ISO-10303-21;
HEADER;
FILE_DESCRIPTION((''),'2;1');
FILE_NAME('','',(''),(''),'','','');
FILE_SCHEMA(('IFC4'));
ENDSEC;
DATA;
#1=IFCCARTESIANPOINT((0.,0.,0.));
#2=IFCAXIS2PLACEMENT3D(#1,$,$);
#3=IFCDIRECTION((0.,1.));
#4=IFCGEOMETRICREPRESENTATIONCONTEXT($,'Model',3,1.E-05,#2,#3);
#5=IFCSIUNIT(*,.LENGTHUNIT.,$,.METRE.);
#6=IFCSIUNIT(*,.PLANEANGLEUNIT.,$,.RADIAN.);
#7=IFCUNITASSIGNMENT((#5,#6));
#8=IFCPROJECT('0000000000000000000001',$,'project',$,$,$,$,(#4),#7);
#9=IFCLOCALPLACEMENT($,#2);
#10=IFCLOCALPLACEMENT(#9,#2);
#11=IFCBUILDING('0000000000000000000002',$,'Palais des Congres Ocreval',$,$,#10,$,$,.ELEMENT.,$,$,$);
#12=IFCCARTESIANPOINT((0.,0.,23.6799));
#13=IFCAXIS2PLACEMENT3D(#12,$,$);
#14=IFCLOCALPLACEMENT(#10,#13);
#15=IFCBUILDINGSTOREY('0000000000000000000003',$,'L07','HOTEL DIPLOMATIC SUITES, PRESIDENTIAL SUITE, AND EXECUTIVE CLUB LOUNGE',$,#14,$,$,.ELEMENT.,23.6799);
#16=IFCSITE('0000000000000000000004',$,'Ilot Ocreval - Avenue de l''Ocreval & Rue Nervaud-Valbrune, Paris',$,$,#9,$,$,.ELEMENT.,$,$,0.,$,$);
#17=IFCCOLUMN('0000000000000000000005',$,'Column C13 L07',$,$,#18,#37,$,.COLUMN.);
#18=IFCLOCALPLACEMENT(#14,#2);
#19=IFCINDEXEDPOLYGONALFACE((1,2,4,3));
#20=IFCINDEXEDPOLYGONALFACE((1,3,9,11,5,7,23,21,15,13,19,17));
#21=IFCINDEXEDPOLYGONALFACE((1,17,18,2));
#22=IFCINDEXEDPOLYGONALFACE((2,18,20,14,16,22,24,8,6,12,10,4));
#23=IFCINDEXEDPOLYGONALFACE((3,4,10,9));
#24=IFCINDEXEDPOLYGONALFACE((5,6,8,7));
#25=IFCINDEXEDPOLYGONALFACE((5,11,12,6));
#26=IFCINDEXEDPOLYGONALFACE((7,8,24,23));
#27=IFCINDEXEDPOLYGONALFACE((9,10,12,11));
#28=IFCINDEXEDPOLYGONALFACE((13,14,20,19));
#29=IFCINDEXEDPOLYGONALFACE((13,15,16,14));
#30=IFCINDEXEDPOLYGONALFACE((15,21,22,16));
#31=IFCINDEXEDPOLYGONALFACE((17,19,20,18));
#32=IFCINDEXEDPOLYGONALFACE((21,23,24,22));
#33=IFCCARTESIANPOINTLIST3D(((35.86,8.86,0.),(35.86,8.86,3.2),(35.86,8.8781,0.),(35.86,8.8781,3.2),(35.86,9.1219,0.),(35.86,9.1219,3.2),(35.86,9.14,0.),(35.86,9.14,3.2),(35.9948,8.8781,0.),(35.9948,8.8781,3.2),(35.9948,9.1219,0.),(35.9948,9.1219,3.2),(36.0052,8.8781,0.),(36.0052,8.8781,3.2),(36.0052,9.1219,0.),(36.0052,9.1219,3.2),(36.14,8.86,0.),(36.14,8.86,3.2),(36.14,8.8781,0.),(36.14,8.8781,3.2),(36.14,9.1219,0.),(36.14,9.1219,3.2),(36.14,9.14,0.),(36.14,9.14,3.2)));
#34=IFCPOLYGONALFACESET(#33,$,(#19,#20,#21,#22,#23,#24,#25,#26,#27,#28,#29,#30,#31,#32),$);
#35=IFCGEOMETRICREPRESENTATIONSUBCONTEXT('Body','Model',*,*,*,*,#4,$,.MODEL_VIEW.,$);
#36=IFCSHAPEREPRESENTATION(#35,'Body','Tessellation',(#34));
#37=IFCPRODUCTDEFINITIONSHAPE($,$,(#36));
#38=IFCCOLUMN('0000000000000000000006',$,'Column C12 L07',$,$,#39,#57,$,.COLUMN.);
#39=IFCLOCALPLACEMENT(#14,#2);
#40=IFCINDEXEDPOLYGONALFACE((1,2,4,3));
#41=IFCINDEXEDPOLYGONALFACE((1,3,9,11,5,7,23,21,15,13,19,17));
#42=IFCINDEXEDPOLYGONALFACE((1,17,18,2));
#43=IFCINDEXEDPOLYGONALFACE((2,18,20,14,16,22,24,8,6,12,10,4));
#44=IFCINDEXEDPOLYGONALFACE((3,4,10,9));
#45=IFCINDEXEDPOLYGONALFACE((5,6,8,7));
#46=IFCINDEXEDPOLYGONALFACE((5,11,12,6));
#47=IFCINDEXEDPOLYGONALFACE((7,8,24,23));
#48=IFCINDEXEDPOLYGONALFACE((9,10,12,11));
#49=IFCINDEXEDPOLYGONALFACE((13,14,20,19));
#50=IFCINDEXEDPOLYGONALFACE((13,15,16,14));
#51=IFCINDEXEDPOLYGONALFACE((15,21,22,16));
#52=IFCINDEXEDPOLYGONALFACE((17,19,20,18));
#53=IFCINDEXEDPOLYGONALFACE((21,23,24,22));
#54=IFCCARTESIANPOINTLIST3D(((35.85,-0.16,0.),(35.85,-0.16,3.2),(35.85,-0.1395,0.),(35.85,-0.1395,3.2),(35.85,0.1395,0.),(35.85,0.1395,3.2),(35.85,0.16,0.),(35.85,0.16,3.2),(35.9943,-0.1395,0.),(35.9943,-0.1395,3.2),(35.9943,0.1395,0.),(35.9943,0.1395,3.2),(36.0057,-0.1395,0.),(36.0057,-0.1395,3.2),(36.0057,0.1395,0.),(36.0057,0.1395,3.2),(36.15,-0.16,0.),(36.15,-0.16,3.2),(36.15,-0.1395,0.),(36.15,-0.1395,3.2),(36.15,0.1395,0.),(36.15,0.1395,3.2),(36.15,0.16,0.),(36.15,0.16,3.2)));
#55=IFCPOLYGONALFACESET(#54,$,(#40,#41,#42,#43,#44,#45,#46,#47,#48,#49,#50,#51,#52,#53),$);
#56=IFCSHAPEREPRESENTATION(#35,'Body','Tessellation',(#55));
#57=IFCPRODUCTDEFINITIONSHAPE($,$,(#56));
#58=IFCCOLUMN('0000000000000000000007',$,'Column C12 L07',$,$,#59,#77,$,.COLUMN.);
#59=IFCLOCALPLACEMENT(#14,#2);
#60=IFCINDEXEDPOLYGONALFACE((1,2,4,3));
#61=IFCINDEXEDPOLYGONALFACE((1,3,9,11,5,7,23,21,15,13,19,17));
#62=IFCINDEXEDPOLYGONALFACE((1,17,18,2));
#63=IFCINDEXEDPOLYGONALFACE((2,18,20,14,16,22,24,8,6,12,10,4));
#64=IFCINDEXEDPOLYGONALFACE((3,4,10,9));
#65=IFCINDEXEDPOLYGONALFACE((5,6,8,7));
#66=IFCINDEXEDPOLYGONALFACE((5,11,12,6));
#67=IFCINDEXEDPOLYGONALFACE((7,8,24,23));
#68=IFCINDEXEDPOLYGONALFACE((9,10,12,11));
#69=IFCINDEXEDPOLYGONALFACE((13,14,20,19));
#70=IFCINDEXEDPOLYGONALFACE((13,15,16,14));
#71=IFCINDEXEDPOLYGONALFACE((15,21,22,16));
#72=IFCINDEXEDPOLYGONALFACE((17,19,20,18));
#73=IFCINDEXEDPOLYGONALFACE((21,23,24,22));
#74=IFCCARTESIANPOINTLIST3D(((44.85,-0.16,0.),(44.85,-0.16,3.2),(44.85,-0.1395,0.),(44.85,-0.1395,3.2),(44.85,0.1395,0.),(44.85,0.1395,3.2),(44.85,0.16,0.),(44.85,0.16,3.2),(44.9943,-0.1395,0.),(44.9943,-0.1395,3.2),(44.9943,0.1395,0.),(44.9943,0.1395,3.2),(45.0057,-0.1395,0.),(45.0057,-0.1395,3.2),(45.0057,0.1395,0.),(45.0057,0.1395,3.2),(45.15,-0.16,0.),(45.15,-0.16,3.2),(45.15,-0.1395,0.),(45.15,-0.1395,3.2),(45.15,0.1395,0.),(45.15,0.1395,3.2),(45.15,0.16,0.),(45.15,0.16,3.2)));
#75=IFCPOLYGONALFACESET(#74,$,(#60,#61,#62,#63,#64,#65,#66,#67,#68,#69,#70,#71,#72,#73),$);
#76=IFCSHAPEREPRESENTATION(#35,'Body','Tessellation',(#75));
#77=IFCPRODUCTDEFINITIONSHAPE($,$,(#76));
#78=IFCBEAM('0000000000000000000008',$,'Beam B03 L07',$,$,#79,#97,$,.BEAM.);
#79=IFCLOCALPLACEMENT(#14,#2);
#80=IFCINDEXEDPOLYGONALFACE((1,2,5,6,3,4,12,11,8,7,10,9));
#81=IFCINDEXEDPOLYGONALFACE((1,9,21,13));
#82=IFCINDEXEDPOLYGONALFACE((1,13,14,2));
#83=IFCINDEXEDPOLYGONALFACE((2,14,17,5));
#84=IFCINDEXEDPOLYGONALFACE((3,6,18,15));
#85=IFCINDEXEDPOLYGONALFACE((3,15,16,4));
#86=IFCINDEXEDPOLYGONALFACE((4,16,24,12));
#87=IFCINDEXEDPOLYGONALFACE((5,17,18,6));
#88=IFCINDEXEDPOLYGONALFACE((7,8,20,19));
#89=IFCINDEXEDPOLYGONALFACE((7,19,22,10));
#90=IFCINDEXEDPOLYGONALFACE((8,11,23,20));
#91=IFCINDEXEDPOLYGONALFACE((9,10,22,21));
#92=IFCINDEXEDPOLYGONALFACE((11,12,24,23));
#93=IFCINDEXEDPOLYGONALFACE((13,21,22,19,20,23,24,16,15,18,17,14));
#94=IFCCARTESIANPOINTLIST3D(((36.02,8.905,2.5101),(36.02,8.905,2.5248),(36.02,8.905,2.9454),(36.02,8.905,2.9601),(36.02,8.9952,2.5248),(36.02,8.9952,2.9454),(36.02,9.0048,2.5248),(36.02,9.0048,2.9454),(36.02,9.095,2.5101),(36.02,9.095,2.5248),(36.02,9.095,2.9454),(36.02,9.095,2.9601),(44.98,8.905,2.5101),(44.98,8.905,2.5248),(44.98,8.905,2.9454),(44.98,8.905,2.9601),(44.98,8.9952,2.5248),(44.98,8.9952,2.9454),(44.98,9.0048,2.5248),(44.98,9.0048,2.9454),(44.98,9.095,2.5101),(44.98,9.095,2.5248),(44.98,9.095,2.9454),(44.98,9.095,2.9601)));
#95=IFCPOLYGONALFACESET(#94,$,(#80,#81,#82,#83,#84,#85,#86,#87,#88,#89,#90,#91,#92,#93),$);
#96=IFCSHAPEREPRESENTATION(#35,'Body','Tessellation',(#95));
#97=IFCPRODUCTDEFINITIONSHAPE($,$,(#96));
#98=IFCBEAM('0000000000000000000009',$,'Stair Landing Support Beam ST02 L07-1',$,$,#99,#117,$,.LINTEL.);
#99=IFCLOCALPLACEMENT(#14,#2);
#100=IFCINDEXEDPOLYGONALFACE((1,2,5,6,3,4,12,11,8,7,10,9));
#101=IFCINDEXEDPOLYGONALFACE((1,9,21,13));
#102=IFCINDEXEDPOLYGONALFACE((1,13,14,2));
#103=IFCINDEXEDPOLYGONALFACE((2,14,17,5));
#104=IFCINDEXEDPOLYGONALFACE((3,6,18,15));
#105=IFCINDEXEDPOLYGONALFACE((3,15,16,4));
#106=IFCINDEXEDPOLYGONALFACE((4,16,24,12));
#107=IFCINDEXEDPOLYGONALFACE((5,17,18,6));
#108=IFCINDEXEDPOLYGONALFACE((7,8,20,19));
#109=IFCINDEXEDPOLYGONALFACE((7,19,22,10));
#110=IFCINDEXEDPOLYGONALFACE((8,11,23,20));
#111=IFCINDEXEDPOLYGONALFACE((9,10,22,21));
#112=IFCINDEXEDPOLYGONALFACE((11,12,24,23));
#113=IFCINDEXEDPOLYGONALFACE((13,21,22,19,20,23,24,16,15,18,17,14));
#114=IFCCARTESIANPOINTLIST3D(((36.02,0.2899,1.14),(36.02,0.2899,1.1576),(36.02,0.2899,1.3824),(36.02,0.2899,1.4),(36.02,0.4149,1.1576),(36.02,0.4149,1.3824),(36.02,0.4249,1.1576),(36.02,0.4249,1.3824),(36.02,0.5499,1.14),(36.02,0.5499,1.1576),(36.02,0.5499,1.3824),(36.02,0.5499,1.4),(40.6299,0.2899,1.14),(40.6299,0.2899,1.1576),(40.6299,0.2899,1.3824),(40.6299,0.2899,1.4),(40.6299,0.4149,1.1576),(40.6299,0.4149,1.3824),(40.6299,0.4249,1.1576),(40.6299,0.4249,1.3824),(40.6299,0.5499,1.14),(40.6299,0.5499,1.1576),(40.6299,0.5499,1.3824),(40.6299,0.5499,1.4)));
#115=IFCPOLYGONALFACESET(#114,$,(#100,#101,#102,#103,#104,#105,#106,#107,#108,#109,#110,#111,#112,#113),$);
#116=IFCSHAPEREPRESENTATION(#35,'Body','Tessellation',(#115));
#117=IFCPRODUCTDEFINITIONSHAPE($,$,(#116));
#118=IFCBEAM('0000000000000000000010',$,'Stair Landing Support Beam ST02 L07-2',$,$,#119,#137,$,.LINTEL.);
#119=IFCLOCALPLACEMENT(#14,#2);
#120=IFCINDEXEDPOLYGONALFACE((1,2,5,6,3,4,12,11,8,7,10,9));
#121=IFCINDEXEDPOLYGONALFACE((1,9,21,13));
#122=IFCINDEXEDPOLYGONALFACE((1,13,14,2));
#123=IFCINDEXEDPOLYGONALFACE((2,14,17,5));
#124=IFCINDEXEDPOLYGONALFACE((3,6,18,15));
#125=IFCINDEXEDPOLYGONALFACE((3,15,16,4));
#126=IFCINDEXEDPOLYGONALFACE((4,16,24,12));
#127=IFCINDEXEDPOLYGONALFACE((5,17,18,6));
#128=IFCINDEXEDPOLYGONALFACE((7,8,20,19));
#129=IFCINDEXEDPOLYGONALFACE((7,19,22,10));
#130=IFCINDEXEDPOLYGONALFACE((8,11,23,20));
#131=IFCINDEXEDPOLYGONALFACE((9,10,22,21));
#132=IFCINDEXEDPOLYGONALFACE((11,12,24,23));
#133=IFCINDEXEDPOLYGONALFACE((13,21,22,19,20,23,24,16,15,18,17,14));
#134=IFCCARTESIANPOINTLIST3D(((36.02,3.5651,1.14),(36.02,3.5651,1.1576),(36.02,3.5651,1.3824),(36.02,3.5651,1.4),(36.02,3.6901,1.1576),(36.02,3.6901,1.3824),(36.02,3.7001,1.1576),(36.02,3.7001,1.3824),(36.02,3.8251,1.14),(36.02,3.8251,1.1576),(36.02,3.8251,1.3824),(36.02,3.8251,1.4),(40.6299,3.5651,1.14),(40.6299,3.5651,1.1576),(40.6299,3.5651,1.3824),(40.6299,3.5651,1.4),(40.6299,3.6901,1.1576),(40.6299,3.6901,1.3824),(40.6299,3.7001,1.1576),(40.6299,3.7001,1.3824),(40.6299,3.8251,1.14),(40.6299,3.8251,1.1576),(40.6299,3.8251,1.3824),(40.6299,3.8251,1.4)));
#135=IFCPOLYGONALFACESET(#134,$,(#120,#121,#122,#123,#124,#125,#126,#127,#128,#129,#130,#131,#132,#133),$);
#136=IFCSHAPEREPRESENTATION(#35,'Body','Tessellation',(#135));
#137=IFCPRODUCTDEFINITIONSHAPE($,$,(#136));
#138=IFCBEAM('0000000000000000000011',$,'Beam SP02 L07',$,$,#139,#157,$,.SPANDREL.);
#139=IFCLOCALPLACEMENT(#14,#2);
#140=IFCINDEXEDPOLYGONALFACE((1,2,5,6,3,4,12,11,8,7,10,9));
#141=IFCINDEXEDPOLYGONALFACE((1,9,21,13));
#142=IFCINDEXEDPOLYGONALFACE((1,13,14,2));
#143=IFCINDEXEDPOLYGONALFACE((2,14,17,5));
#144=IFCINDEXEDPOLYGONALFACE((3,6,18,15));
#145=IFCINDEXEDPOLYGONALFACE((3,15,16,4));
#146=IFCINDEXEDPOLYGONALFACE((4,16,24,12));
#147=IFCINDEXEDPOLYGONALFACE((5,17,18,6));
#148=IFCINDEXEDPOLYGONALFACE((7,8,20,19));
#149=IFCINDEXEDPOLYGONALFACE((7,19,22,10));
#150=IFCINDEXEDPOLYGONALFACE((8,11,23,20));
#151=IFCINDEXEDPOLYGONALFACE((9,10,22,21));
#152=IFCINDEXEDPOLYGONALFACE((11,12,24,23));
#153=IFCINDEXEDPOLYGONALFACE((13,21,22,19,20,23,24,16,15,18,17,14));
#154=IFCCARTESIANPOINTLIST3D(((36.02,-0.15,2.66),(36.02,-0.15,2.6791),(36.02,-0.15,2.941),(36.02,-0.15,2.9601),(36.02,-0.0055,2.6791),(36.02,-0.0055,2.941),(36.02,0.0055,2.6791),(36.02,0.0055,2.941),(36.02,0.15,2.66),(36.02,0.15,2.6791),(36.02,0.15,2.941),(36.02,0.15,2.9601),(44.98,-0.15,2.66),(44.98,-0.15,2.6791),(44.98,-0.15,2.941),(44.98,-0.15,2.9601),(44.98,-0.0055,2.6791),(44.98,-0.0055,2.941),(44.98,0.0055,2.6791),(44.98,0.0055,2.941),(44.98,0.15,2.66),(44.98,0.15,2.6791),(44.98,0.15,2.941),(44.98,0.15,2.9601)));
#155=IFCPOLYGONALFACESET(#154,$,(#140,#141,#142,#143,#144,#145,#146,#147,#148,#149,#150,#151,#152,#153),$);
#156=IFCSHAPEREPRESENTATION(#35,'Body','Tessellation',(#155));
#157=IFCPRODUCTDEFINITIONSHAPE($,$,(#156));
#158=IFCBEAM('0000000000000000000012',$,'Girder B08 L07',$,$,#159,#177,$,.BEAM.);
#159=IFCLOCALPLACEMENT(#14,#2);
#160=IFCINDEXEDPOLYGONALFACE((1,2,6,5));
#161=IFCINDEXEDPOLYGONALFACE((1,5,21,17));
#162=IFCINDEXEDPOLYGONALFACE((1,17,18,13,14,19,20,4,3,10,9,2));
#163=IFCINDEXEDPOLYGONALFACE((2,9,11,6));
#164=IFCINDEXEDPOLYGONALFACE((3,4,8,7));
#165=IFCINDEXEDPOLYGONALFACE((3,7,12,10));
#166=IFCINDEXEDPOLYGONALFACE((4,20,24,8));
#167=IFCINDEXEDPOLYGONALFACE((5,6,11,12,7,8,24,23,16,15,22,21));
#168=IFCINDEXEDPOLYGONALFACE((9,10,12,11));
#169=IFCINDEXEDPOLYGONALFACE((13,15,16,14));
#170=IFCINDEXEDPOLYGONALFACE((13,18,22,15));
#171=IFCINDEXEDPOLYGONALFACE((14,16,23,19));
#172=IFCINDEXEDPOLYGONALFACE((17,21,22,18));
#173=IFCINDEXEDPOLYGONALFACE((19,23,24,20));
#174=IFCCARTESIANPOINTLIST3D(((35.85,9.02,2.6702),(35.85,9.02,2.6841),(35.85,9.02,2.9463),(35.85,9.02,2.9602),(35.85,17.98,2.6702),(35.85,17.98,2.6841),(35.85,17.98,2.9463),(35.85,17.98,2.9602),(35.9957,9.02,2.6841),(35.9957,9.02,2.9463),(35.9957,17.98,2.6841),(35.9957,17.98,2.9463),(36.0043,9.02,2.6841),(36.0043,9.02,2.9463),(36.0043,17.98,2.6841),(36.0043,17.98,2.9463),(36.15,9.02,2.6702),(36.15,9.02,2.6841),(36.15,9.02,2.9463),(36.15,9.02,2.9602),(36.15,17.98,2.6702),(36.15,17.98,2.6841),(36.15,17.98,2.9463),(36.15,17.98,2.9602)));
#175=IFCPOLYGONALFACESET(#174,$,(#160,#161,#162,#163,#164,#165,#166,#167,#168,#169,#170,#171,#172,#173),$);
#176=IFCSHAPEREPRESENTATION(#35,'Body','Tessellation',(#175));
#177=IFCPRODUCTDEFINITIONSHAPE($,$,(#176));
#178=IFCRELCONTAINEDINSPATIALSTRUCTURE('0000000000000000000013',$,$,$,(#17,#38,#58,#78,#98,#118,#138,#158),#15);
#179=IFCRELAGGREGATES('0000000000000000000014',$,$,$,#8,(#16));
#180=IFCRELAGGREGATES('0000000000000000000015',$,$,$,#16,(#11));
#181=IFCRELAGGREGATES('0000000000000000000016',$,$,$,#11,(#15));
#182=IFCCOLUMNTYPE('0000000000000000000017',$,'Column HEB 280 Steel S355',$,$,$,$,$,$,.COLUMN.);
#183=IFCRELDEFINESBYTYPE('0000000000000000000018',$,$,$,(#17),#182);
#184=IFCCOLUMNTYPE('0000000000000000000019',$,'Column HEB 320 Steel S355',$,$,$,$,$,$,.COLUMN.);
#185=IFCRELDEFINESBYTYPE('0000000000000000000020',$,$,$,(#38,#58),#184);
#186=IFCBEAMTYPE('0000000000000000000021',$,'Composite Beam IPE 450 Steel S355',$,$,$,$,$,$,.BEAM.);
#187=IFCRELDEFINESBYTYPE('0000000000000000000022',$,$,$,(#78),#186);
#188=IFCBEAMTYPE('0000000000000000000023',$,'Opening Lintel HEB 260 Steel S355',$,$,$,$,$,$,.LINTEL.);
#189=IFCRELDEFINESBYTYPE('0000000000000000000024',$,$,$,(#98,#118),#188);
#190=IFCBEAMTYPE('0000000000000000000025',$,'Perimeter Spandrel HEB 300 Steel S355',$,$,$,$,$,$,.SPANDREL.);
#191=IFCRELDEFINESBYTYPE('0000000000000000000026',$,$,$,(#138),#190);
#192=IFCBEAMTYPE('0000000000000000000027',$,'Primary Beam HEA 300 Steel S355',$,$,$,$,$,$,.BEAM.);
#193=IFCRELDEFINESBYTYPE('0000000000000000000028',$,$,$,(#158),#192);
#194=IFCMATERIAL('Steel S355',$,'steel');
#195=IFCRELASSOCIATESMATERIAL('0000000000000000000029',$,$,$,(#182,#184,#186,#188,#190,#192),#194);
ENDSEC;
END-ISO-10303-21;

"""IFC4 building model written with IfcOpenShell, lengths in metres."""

from ifc_helpers import new_model, si_unit, direction, frame, origin, origin_2d, place, context, subcontext, project, spatial, i_section, extrude, material, material_profile, profile_set, type_object, element, save


model = new_model("IFC4")

# Units and contexts
model_context = context("Model", 3, precision=1e-05, world=origin(), true_north=direction((0.0, 1.0)))
body_context = subcontext(model_context, "Body", "Model", "MODEL_VIEW")
ifc_project = project(units=[si_unit("LENGTHUNIT", "METRE"), si_unit("PLANEANGLEUNIT", "RADIAN")], contexts=[model_context])

# Site, building, storey
site_placement = place(None, origin())
site = spatial("IfcSite", under=ifc_project, at=site_placement, Name="Ilot Ocreval - Avenue de l'Ocreval & Rue Nervaud-Valbrune, Paris", CompositionType="ELEMENT", RefElevation=0.0)
building_placement = place(site_placement, origin())
building = spatial("IfcBuilding", under=site, at=building_placement, Name="Palais des Congres Ocreval", CompositionType="ELEMENT")
storey_placement = place(building_placement, frame((0.0, 0.0, 23.6799)))
storey = spatial("IfcBuildingStorey", under=building, at=storey_placement, Name="L07", Description="HOTEL DIPLOMATIC SUITES, PRESIDENTIAL SUITE, AND EXECUTIVE CLUB LOUNGE", CompositionType="ELEMENT", Elevation=23.6799)

# Columns
ifc_material_1 = material(Name="Steel S355", Category="steel")
ifc_material_profile_1 = material_profile(ifc_material_1, i_section(OverallWidth=0.28, OverallDepth=0.28, WebThickness=0.0105, FlangeThickness=0.0181, at=origin_2d()), Name="HEB 280")
ifc_profile_set_1 = profile_set([ifc_material_profile_1], Name="Steel S355")
column_type_1 = type_object("IfcColumnType", Name="Column HEB 280 Steel S355", PredefinedType="COLUMN", material=ifc_profile_set_1)
column_placement = place(storey_placement, frame((36.0, 9.0, 0.0), z_axis=(0.0, 0.0, 1.0), x_axis=(1.0, 0.0, 0.0)))
element("IfcColumn", 1, at=column_placement, inside=storey, type_object=column_type_1, Name="Column C13 L07", PredefinedType="COLUMN", context=body_context, shape_type="SweptSolid", body=[
    extrude(i_section(OverallWidth=0.28, OverallDepth=0.28, WebThickness=0.0105, FlangeThickness=0.0181, at=origin_2d()), origin(), (0.0, 0.0, 1.0), 3.2),
])
ifc_material_profile_2 = material_profile(ifc_material_1, i_section(OverallWidth=0.3, OverallDepth=0.3201, WebThickness=0.0115, FlangeThickness=0.0205, at=origin_2d()), Name="HEB 320")
ifc_profile_set_2 = profile_set([ifc_material_profile_2], Name="Steel S355")
column_type_2 = type_object("IfcColumnType", Name="Column HEB 320 Steel S355", PredefinedType="COLUMN", material=ifc_profile_set_2)
for number, where, z_axis, x_axis, name in (
    (2, (36.0, 0.0, 0.0), (0.0, 0.0, 1.0), (1.0, 0.0, 0.0), "Column C12 L07"),
    (3, (45.0, 0.0, 0.0), (0.0, 0.0, 1.0), (1.0, 0.0, 0.0), "Column C12 L07"),
):
    element("IfcColumn", number, at=place(storey_placement, frame(where, z_axis=z_axis, x_axis=x_axis)), inside=storey, type_object=column_type_2, Name=name, PredefinedType="COLUMN", context=body_context, shape_type="SweptSolid", body=[
        extrude(i_section(OverallWidth=0.3, OverallDepth=0.3201, WebThickness=0.0115, FlangeThickness=0.0205, at=origin_2d()), origin(), (0.0, 0.0, 1.0), 3.2),
    ])

# Beams
ifc_material_profile_3 = material_profile(ifc_material_1, i_section(OverallWidth=0.1899, OverallDepth=0.45, WebThickness=0.0095, FlangeThickness=0.0146, at=origin_2d()), Name="IPE 450")
ifc_profile_set_3 = profile_set([ifc_material_profile_3], Name="Steel S355")
beam_type_1 = type_object("IfcBeamType", Name="Composite Beam IPE 450 Steel S355", PredefinedType="BEAM", material=ifc_profile_set_3)
beam_1_placement = place(storey_placement, frame((36.02, 9.0, 2.7351), z_axis=(1.0, 0.0, 0.0), x_axis=(0.0, 1.0, 0.0)))
element("IfcBeam", 4, at=beam_1_placement, inside=storey, type_object=beam_type_1, Name="Beam B03 L07", PredefinedType="BEAM", context=body_context, shape_type="SweptSolid", body=[
    extrude(i_section(OverallWidth=0.1899, OverallDepth=0.45, WebThickness=0.0095, FlangeThickness=0.0146, at=origin_2d()), origin(), (0.0, 0.0, 1.0), 8.96),
])
ifc_material_profile_4 = material_profile(ifc_material_1, i_section(OverallWidth=0.26, OverallDepth=0.26, WebThickness=0.01, FlangeThickness=0.0176, at=origin_2d()), Name="HEB 260")
ifc_profile_set_4 = profile_set([ifc_material_profile_4], Name="Steel S355")
beam_type_2 = type_object("IfcBeamType", Name="Opening Lintel HEB 260 Steel S355", PredefinedType="LINTEL", material=ifc_profile_set_4)
for number, where, z_axis, x_axis, name in (
    (5, (36.02, 0.4199, 1.27), (1.0, 0.0, 0.0), (0.0, 1.0, 0.0), "Stair Landing Support Beam ST02 L07-1"),
    (6, (36.02, 3.6951, 1.27), (1.0, 0.0, 0.0), (0.0, 1.0, 0.0), "Stair Landing Support Beam ST02 L07-2"),
):
    element("IfcBeam", number, at=place(storey_placement, frame(where, z_axis=z_axis, x_axis=x_axis)), inside=storey, type_object=beam_type_2, Name=name, PredefinedType="LINTEL", context=body_context, shape_type="SweptSolid", body=[
        extrude(i_section(OverallWidth=0.26, OverallDepth=0.26, WebThickness=0.01, FlangeThickness=0.0176, at=origin_2d()), origin(), (0.0, 0.0, 1.0), 4.6099),
    ])
ifc_material_profile_5 = material_profile(ifc_material_1, i_section(OverallWidth=0.3, OverallDepth=0.3, WebThickness=0.011, FlangeThickness=0.019, at=origin_2d()), Name="HEB 300")
ifc_profile_set_5 = profile_set([ifc_material_profile_5], Name="Steel S355")
beam_type_3 = type_object("IfcBeamType", Name="Perimeter Spandrel HEB 300 Steel S355", PredefinedType="SPANDREL", material=ifc_profile_set_5)
beam_2_placement = place(storey_placement, frame((36.02, 0.0, 2.8101), z_axis=(1.0, 0.0, 0.0), x_axis=(0.0, 1.0, 0.0)))
element("IfcBeam", 7, at=beam_2_placement, inside=storey, type_object=beam_type_3, Name="Beam SP02 L07", PredefinedType="SPANDREL", context=body_context, shape_type="SweptSolid", body=[
    extrude(i_section(OverallWidth=0.3, OverallDepth=0.3, WebThickness=0.011, FlangeThickness=0.019, at=origin_2d()), origin(), (0.0, 0.0, 1.0), 8.96),
])
ifc_material_profile_6 = material_profile(ifc_material_1, i_section(OverallWidth=0.3, OverallDepth=0.29, WebThickness=0.0085, FlangeThickness=0.0139, at=origin_2d()), Name="HEA 300")
ifc_profile_set_6 = profile_set([ifc_material_profile_6], Name="Steel S355")
beam_type_4 = type_object("IfcBeamType", Name="Primary Beam HEA 300 Steel S355", PredefinedType="BEAM", material=ifc_profile_set_6)
beam_3_placement = place(storey_placement, frame((36.0, 9.02, 2.8152), z_axis=(0.0, 1.0, 0.0), x_axis=(-1.0, 0.0, 0.0)))
element("IfcBeam", 8, at=beam_3_placement, inside=storey, type_object=beam_type_4, Name="Girder B08 L07", PredefinedType="BEAM", context=body_context, shape_type="SweptSolid", body=[
    extrude(i_section(OverallWidth=0.3, OverallDepth=0.29, WebThickness=0.0085, FlangeThickness=0.0139, at=origin_2d()), origin(), (0.0, 0.0, 1.0), 8.96),
])

save(model, "model.ifc")
